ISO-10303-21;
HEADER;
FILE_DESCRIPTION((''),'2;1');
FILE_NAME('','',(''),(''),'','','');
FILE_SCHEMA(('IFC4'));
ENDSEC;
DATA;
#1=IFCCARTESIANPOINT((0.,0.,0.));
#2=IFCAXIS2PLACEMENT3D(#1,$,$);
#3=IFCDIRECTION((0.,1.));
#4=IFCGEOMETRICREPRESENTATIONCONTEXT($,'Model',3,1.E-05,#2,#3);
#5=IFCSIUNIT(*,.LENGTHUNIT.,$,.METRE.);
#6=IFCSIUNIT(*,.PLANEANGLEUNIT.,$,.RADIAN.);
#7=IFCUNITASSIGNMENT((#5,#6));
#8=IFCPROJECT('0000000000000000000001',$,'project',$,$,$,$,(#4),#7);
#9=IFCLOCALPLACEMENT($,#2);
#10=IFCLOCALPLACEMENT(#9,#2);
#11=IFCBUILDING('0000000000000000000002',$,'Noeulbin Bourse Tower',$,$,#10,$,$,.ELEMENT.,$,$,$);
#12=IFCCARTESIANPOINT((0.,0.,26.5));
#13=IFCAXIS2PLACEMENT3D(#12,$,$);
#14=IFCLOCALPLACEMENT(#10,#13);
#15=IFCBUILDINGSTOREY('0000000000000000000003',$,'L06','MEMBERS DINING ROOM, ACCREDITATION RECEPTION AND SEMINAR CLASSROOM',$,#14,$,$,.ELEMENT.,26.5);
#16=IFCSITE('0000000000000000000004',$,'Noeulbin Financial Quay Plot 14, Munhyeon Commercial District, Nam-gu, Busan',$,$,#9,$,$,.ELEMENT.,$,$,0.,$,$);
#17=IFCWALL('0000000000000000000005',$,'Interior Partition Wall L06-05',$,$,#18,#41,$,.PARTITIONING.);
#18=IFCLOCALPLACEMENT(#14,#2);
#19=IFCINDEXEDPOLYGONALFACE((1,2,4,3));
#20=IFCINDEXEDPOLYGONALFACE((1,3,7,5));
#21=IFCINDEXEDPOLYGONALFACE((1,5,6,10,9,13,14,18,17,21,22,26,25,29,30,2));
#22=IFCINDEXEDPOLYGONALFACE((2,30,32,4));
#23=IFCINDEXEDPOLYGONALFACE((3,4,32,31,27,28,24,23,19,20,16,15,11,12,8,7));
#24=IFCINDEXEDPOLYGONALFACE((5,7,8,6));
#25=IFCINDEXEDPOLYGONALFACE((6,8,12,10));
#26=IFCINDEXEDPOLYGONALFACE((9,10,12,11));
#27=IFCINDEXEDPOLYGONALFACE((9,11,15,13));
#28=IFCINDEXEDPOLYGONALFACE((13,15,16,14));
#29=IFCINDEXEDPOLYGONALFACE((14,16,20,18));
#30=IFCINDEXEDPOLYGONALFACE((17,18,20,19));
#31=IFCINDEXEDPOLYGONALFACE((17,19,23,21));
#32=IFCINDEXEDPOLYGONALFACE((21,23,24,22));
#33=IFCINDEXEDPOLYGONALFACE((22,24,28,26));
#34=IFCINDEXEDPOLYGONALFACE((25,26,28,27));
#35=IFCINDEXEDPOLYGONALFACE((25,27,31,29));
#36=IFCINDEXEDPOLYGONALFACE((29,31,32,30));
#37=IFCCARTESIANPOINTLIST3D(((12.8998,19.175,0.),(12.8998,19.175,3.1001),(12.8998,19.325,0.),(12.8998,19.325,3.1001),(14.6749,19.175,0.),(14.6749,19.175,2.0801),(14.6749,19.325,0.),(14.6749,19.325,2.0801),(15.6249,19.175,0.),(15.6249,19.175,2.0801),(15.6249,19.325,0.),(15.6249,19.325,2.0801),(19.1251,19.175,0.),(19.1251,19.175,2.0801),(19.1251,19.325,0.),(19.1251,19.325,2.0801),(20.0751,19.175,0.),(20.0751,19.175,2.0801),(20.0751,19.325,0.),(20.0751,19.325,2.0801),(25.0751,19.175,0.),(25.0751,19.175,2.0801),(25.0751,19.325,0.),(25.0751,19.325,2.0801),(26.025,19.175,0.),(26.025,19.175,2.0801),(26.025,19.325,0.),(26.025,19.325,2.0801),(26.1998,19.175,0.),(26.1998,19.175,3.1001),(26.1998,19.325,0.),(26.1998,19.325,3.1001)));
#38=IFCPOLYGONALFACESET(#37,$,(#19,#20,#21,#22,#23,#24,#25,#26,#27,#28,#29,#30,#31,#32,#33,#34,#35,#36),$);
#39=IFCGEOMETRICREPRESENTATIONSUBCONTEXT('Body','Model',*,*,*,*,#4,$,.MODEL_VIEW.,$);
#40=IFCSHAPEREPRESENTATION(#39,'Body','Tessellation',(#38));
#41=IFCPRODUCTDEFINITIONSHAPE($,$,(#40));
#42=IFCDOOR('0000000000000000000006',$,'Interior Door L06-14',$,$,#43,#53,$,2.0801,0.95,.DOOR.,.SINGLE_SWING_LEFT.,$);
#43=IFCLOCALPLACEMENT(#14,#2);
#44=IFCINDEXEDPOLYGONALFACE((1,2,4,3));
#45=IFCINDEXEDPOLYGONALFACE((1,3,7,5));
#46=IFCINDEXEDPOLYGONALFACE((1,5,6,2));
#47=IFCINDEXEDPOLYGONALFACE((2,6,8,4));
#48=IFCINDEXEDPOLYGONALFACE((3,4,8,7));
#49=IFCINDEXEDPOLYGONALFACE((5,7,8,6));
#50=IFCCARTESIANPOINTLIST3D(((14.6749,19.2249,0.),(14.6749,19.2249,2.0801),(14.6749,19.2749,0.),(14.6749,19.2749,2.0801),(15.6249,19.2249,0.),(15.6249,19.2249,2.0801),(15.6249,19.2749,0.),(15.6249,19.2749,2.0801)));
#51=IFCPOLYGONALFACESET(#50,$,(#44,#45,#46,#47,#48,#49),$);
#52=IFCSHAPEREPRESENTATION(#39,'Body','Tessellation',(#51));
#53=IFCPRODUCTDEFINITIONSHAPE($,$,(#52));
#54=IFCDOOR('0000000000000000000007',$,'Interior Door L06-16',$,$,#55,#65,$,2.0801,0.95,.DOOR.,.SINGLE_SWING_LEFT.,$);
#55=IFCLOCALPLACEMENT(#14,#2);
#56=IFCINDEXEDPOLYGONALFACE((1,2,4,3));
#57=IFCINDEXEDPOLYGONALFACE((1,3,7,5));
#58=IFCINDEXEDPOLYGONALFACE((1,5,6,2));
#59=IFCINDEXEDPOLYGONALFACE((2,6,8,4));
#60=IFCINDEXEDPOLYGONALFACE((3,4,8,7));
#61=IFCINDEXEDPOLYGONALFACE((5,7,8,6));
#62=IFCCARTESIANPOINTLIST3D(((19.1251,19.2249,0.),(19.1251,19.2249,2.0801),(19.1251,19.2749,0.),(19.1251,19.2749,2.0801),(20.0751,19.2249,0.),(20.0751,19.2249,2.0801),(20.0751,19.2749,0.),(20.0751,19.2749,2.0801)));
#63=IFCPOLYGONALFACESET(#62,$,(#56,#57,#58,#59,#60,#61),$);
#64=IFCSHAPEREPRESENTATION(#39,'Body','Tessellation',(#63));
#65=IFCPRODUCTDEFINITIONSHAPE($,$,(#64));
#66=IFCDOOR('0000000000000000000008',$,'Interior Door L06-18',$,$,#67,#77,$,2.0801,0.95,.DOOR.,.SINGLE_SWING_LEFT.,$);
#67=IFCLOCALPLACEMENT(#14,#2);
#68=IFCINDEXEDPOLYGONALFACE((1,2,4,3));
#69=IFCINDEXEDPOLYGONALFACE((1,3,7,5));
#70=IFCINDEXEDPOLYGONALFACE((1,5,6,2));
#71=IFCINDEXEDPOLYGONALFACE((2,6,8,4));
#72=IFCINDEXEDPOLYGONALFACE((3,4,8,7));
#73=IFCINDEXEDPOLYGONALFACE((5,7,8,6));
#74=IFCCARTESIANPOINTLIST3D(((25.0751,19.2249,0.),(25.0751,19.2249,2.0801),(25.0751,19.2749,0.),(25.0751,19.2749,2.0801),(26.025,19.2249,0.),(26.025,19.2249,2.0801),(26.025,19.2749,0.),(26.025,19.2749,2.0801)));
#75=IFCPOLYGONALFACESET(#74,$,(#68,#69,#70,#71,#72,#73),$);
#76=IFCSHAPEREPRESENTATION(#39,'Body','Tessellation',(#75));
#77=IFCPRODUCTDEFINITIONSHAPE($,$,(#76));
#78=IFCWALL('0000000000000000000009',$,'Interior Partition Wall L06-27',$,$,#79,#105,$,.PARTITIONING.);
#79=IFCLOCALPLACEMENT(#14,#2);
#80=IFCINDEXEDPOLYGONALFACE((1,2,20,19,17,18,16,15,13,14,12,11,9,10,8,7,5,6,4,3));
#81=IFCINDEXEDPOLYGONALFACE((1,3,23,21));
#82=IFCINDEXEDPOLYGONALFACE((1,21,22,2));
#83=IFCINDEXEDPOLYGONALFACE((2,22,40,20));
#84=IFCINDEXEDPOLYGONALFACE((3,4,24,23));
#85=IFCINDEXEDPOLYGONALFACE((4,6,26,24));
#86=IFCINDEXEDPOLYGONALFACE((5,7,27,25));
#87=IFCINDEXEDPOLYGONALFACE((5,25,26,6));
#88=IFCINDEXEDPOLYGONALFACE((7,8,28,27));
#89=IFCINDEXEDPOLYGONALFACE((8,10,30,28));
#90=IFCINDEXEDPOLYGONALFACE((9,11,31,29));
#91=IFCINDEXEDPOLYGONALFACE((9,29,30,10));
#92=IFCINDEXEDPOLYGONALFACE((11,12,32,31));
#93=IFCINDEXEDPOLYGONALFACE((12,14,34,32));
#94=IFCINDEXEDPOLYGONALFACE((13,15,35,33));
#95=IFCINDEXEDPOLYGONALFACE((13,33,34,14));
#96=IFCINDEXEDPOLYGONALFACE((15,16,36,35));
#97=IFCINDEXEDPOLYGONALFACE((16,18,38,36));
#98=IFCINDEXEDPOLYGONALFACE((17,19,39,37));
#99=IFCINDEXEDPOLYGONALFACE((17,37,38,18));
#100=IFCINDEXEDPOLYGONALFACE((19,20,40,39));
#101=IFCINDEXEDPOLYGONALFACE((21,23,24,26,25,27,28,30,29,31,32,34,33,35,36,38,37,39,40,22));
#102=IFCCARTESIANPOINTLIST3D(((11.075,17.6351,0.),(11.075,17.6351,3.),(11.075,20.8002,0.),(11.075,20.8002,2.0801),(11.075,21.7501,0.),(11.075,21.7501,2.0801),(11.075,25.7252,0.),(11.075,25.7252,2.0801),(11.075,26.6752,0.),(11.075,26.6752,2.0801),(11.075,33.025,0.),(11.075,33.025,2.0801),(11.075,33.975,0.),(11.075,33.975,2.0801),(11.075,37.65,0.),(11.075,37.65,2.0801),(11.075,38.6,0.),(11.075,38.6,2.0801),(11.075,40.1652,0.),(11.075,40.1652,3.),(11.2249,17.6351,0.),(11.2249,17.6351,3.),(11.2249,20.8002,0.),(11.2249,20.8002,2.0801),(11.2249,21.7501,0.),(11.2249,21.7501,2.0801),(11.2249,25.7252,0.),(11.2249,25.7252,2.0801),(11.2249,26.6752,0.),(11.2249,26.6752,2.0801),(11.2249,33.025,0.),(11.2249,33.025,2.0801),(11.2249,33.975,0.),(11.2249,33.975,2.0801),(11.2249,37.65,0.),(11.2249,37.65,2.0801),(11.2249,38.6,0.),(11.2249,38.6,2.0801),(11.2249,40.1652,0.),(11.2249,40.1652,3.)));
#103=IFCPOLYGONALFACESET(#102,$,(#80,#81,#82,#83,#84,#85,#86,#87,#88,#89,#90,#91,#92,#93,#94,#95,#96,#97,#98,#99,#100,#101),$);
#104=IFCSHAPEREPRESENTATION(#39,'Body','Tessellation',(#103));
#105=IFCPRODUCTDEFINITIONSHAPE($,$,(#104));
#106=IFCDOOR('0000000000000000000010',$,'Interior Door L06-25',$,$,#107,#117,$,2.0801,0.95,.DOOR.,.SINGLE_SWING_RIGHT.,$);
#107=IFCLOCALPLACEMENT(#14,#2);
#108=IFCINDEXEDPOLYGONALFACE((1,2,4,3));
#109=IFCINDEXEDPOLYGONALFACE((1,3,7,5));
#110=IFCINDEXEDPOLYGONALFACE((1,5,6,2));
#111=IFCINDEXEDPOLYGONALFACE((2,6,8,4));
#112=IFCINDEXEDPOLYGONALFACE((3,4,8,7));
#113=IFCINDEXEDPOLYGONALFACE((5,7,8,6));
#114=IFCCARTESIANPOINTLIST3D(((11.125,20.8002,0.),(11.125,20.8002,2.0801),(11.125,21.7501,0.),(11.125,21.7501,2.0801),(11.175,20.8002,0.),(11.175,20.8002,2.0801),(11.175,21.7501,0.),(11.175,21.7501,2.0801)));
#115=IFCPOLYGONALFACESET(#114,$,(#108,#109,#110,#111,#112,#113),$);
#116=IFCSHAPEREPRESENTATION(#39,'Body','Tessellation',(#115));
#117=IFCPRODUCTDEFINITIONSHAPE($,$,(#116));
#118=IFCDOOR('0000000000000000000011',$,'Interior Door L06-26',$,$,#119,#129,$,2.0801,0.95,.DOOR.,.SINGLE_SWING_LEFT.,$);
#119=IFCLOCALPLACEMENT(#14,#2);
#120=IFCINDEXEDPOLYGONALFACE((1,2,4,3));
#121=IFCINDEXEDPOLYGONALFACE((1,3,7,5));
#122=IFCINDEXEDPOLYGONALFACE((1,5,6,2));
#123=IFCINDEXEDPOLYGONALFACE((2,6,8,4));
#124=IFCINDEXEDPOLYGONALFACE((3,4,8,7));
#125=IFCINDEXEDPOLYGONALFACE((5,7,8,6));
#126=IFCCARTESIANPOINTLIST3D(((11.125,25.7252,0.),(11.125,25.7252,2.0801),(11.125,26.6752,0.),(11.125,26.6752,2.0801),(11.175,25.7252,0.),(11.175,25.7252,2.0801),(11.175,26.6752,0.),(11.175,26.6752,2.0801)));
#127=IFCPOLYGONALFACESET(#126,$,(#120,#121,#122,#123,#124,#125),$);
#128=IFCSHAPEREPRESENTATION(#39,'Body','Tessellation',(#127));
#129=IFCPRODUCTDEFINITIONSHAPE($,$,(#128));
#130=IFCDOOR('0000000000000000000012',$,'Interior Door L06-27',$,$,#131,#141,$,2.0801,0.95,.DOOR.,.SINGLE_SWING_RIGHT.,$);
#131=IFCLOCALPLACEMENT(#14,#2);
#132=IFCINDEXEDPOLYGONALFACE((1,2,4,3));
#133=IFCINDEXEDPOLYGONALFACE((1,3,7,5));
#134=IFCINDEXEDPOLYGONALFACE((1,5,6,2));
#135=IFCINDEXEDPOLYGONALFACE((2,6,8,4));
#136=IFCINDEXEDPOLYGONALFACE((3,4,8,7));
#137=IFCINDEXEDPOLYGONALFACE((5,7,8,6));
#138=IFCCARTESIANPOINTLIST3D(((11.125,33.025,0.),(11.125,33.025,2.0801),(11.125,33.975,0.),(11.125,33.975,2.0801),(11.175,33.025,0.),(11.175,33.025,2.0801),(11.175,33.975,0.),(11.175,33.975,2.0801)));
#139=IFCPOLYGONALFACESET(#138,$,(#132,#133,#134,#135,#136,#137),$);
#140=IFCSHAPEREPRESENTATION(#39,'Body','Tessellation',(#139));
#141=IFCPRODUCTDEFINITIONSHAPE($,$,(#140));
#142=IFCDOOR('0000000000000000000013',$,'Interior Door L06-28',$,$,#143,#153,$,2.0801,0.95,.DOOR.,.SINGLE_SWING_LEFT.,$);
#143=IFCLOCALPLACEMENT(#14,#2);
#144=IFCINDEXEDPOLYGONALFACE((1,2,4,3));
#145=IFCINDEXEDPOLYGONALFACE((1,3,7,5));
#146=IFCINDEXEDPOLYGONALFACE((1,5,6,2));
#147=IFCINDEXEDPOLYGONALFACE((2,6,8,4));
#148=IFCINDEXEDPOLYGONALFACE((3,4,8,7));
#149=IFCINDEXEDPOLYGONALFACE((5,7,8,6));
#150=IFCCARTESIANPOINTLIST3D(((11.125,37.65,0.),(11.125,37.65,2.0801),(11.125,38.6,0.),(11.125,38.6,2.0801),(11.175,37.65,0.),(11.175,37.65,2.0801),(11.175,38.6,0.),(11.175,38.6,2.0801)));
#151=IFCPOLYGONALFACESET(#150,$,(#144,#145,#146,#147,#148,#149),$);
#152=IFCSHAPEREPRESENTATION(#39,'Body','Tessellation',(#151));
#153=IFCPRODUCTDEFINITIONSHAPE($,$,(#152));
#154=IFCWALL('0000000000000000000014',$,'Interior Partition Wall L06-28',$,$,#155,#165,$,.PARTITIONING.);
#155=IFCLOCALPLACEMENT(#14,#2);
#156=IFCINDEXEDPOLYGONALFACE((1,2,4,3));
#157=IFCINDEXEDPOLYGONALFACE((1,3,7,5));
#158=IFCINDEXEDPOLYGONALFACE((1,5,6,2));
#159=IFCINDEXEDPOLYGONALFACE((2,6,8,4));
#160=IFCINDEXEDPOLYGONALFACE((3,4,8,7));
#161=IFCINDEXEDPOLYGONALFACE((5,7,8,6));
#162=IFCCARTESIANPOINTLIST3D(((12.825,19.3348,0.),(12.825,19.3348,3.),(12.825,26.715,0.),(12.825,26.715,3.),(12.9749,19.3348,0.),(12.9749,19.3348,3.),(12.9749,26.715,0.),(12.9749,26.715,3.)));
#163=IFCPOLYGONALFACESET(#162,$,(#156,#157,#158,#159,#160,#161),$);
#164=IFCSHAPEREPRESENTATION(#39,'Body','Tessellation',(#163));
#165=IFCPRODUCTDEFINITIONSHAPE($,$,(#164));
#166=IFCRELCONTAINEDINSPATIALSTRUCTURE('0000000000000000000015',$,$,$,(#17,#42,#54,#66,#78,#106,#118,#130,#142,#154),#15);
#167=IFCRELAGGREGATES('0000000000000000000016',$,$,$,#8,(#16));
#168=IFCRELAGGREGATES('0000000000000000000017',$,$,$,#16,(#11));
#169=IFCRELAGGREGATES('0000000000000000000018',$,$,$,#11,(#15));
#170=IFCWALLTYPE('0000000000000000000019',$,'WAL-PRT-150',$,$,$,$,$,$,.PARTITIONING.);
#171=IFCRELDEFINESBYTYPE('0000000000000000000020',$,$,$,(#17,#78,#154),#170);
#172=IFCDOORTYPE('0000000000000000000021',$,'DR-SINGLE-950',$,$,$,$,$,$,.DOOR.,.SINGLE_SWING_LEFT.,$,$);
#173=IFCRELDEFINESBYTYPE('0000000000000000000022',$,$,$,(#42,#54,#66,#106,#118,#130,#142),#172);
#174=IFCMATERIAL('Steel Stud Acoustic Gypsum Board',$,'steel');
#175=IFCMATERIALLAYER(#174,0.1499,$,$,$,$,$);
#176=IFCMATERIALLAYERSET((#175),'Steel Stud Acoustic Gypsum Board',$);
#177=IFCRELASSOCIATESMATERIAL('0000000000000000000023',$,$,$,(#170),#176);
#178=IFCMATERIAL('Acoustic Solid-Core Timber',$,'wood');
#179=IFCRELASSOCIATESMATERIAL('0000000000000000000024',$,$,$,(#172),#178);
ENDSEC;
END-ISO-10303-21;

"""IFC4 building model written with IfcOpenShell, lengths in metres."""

from ifc_helpers import new_model, si_unit, direction, frame, frame_2d, origin, place, context, subcontext, project, spatial, rectangle, extrude, material, layer, layer_set, type_object, element, fill, save


model = new_model("IFC4")

# Units and contexts
model_context = context("Model", 3, precision=1e-05, world=origin(), true_north=direction((0.0, 1.0)))
body_context = subcontext(model_context, "Body", "Model", "MODEL_VIEW")
ifc_project = project(units=[si_unit("LENGTHUNIT", "METRE"), si_unit("PLANEANGLEUNIT", "RADIAN")], contexts=[model_context])

# Site, building, storey
site_placement = place(None, origin())
site = spatial("IfcSite", under=ifc_project, at=site_placement, Name="Noeulbin Financial Quay Plot 14, Munhyeon Commercial District, Nam-gu, Busan", CompositionType="ELEMENT", RefElevation=0.0)
building_placement = place(site_placement, origin())
building = spatial("IfcBuilding", under=site, at=building_placement, Name="Noeulbin Bourse Tower", CompositionType="ELEMENT")
storey_placement = place(building_placement, frame((0.0, 0.0, 26.5)))
storey = spatial("IfcBuildingStorey", under=building, at=storey_placement, Name="L06", Description="MEMBERS DINING ROOM, ACCREDITATION RECEPTION AND SEMINAR CLASSROOM", CompositionType="ELEMENT", Elevation=26.5)

# Walls, openings, doors
ifc_material_1 = material(Name="Steel Stud Acoustic Gypsum Board", Category="steel")
ifc_layer_1 = layer(ifc_material_1, 0.1499)
ifc_layer_set_1 = layer_set([ifc_layer_1], Name="Steel Stud Acoustic Gypsum Board")
wall_type_1 = type_object("IfcWallType", Name="WAL-PRT-150", PredefinedType="PARTITIONING", material=ifc_layer_set_1)
ifc_material_2 = material(Name="Acoustic Solid-Core Timber", Category="wood")
door_type = type_object("IfcDoorType", Name="DR-SINGLE-950", OperationType="SINGLE_SWING_LEFT", PredefinedType="DOOR", material=ifc_material_2)
wall_1_placement = place(storey_placement, frame((12.8999, 19.25, 0.0), z_axis=(0.0, 0.0, 1.0), x_axis=(1.0, 0.0, 0.0)))
wall_1 = element("IfcWall", 1, at=wall_1_placement, inside=storey, type_object=wall_type_1, Name="Interior Partition Wall L06-05", PredefinedType="PARTITIONING", context=body_context, shape_type="SweptSolid", body=[
    extrude(rectangle(XDim=13.3, YDim=0.1499, at=frame_2d((6.6499, 0.0))), origin(), (0.0, 0.0, 1.0), 3.1001),
])
opening_1_placement = place(wall_1_placement, frame((1.7749, 0.0, 0.0)))
opening_1 = element("IfcOpeningElement", 2, at=opening_1_placement, cuts=wall_1, PredefinedType="OPENING", context=body_context, shape_type="SweptSolid", body=[
    extrude(rectangle(XDim=0.95, YDim=2.0801, at=frame_2d((0.4751, 1.04))), frame((0.0, 0.085, 0.0), z_axis=(0.0, -1.0, 0.0), x_axis=(1.0, 0.0, 0.0)), (0.0, 0.0, 1.0), 0.1699),
])
opening_2_placement = place(wall_1_placement, frame((6.2251, 0.0, 0.0)))
opening_2 = element("IfcOpeningElement", 3, at=opening_2_placement, cuts=wall_1, PredefinedType="OPENING", context=body_context, shape_type="SweptSolid", body=[
    extrude(rectangle(XDim=0.95, YDim=2.0801, at=frame_2d((0.4751, 1.04))), frame((0.0, 0.085, 0.0), z_axis=(0.0, -1.0, 0.0), x_axis=(1.0, 0.0, 0.0)), (0.0, 0.0, 1.0), 0.1699),
])
opening_3_placement = place(wall_1_placement, frame((12.175, 0.0, 0.0)))
opening_3 = element("IfcOpeningElement", 4, at=opening_3_placement, cuts=wall_1, PredefinedType="OPENING", context=body_context, shape_type="SweptSolid", body=[
    extrude(rectangle(XDim=0.95, YDim=2.0801, at=frame_2d((0.4751, 1.04))), frame((0.0, 0.085, 0.0), z_axis=(0.0, -1.0, 0.0), x_axis=(1.0, 0.0, 0.0)), (0.0, 0.0, 1.0), 0.1699),
])
door_1_placement = place(opening_1_placement, origin())
door_1 = element("IfcDoor", 5, at=door_1_placement, inside=storey, type_object=door_type, Name="Interior Door L06-14", OperationType="SINGLE_SWING_LEFT", OverallHeight=2.0801, OverallWidth=0.95, PredefinedType="DOOR", context=body_context, shape_type="SweptSolid", body=[
    extrude(rectangle(XDim=0.95, YDim=2.0801, at=frame_2d((0.4751, 1.04))), frame((0.0, 0.0249, 0.0), z_axis=(0.0, -1.0, 0.0), x_axis=(1.0, 0.0, 0.0)), (0.0, 0.0, 1.0), 0.05),
])
fill(opening_1, door_1)
door_2_placement = place(opening_2_placement, origin())
door_2 = element("IfcDoor", 6, at=door_2_placement, inside=storey, type_object=door_type, Name="Interior Door L06-16", OperationType="SINGLE_SWING_LEFT", OverallHeight=2.0801, OverallWidth=0.95, PredefinedType="DOOR", context=body_context, shape_type="SweptSolid", body=[
    extrude(rectangle(XDim=0.95, YDim=2.0801, at=frame_2d((0.4751, 1.04))), frame((0.0, 0.0249, 0.0), z_axis=(0.0, -1.0, 0.0), x_axis=(1.0, 0.0, 0.0)), (0.0, 0.0, 1.0), 0.05),
])
fill(opening_2, door_2)
door_3_placement = place(opening_3_placement, origin())
door_3 = element("IfcDoor", 7, at=door_3_placement, inside=storey, type_object=door_type, Name="Interior Door L06-18", OperationType="SINGLE_SWING_LEFT", OverallHeight=2.0801, OverallWidth=0.95, PredefinedType="DOOR", context=body_context, shape_type="SweptSolid", body=[
    extrude(rectangle(XDim=0.95, YDim=2.0801, at=frame_2d((0.4751, 1.04))), frame((0.0, 0.0249, 0.0), z_axis=(0.0, -1.0, 0.0), x_axis=(1.0, 0.0, 0.0)), (0.0, 0.0, 1.0), 0.05),
])
fill(opening_3, door_3)
wall_2_placement = place(storey_placement, frame((11.1499, 17.635, 0.0), z_axis=(0.0, 0.0, 1.0), x_axis=(0.0, 1.0, 0.0)))
wall_2 = element("IfcWall", 8, at=wall_2_placement, inside=storey, type_object=wall_type_1, Name="Interior Partition Wall L06-27", PredefinedType="PARTITIONING", context=body_context, shape_type="SweptSolid", body=[
    extrude(rectangle(XDim=22.53, YDim=0.1499, at=frame_2d((11.2651, 0.0))), origin(), (0.0, 0.0, 1.0), 3.0),
])
opening_4_placement = place(wall_2_placement, frame((3.165, 0.0, 0.0)))
opening_4 = element("IfcOpeningElement", 9, at=opening_4_placement, cuts=wall_2, PredefinedType="OPENING", context=body_context, shape_type="SweptSolid", body=[
    extrude(rectangle(XDim=0.95, YDim=2.0801, at=frame_2d((0.4751, 1.04))), frame((0.0, 0.085, 0.0), z_axis=(0.0, -1.0, 0.0), x_axis=(1.0, 0.0, 0.0)), (0.0, 0.0, 1.0), 0.1699),
])
opening_5_placement = place(wall_2_placement, frame((8.0901, 0.0, 0.0)))
opening_5 = element("IfcOpeningElement", 10, at=opening_5_placement, cuts=wall_2, PredefinedType="OPENING", context=body_context, shape_type="SweptSolid", body=[
    extrude(rectangle(XDim=0.95, YDim=2.0801, at=frame_2d((0.4751, 1.04))), frame((0.0, 0.085, 0.0), z_axis=(0.0, -1.0, 0.0), x_axis=(1.0, 0.0, 0.0)), (0.0, 0.0, 1.0), 0.1699),
])
opening_6_placement = place(wall_2_placement, frame((15.3899, 0.0, 0.0)))
opening_6 = element("IfcOpeningElement", 11, at=opening_6_placement, cuts=wall_2, PredefinedType="OPENING", context=body_context, shape_type="SweptSolid", body=[
    extrude(rectangle(XDim=0.95, YDim=2.0801, at=frame_2d((0.4751, 1.04))), frame((0.0, 0.085, 0.0), z_axis=(0.0, -1.0, 0.0), x_axis=(1.0, 0.0, 0.0)), (0.0, 0.0, 1.0), 0.1699),
])
opening_7_placement = place(wall_2_placement, frame((20.0149, 0.0, 0.0)))
opening_7 = element("IfcOpeningElement", 12, at=opening_7_placement, cuts=wall_2, PredefinedType="OPENING", context=body_context, shape_type="SweptSolid", body=[
    extrude(rectangle(XDim=0.95, YDim=2.0801, at=frame_2d((0.4751, 1.04))), frame((0.0, 0.085, 0.0), z_axis=(0.0, -1.0, 0.0), x_axis=(1.0, 0.0, 0.0)), (0.0, 0.0, 1.0), 0.1699),
])
door_4_placement = place(opening_4_placement, origin())
door_4 = element("IfcDoor", 13, at=door_4_placement, inside=storey, type_object=door_type, Name="Interior Door L06-25", OperationType="SINGLE_SWING_RIGHT", OverallHeight=2.0801, OverallWidth=0.95, PredefinedType="DOOR", context=body_context, shape_type="SweptSolid", body=[
    extrude(rectangle(XDim=0.95, YDim=2.0801, at=frame_2d((0.4751, 1.04))), frame((0.0, 0.0249, 0.0), z_axis=(0.0, -1.0, 0.0), x_axis=(1.0, 0.0, 0.0)), (0.0, 0.0, 1.0), 0.05),
])
fill(opening_4, door_4)
door_5_placement = place(opening_5_placement, origin())
door_5 = element("IfcDoor", 14, at=door_5_placement, inside=storey, type_object=door_type, Name="Interior Door L06-26", OperationType="SINGLE_SWING_LEFT", OverallHeight=2.0801, OverallWidth=0.95, PredefinedType="DOOR", context=body_context, shape_type="SweptSolid", body=[
    extrude(rectangle(XDim=0.95, YDim=2.0801, at=frame_2d((0.4751, 1.04))), frame((0.0, 0.0249, 0.0), z_axis=(0.0, -1.0, 0.0), x_axis=(1.0, 0.0, 0.0)), (0.0, 0.0, 1.0), 0.05),
])
fill(opening_5, door_5)
door_6_placement = place(opening_6_placement, origin())
door_6 = element("IfcDoor", 15, at=door_6_placement, inside=storey, type_object=door_type, Name="Interior Door L06-27", OperationType="SINGLE_SWING_RIGHT", OverallHeight=2.0801, OverallWidth=0.95, PredefinedType="DOOR", context=body_context, shape_type="SweptSolid", body=[
    extrude(rectangle(XDim=0.95, YDim=2.0801, at=frame_2d((0.4751, 1.04))), frame((0.0, 0.0249, 0.0), z_axis=(0.0, -1.0, 0.0), x_axis=(1.0, 0.0, 0.0)), (0.0, 0.0, 1.0), 0.05),
])
fill(opening_6, door_6)
door_7_placement = place(opening_7_placement, origin())
door_7 = element("IfcDoor", 16, at=door_7_placement, inside=storey, type_object=door_type, Name="Interior Door L06-28", OperationType="SINGLE_SWING_LEFT", OverallHeight=2.0801, OverallWidth=0.95, PredefinedType="DOOR", context=body_context, shape_type="SweptSolid", body=[
    extrude(rectangle(XDim=0.95, YDim=2.0801, at=frame_2d((0.4751, 1.04))), frame((0.0, 0.0249, 0.0), z_axis=(0.0, -1.0, 0.0), x_axis=(1.0, 0.0, 0.0)), (0.0, 0.0, 1.0), 0.05),
])
fill(opening_7, door_7)

# Wall
wall_3_placement = place(storey_placement, frame((12.8999, 19.335, 0.0), z_axis=(0.0, 0.0, 1.0), x_axis=(0.0, 1.0, 0.0)))
element("IfcWall", 17, at=wall_3_placement, inside=storey, type_object=wall_type_1, Name="Interior Partition Wall L06-28", PredefinedType="PARTITIONING", context=body_context, shape_type="SweptSolid", body=[
    extrude(rectangle(XDim=7.3801, YDim=0.1499, at=frame_2d((3.6899, 0.0))), origin(), (0.0, 0.0, 1.0), 3.0),
])

save(model, "model.ifc")
